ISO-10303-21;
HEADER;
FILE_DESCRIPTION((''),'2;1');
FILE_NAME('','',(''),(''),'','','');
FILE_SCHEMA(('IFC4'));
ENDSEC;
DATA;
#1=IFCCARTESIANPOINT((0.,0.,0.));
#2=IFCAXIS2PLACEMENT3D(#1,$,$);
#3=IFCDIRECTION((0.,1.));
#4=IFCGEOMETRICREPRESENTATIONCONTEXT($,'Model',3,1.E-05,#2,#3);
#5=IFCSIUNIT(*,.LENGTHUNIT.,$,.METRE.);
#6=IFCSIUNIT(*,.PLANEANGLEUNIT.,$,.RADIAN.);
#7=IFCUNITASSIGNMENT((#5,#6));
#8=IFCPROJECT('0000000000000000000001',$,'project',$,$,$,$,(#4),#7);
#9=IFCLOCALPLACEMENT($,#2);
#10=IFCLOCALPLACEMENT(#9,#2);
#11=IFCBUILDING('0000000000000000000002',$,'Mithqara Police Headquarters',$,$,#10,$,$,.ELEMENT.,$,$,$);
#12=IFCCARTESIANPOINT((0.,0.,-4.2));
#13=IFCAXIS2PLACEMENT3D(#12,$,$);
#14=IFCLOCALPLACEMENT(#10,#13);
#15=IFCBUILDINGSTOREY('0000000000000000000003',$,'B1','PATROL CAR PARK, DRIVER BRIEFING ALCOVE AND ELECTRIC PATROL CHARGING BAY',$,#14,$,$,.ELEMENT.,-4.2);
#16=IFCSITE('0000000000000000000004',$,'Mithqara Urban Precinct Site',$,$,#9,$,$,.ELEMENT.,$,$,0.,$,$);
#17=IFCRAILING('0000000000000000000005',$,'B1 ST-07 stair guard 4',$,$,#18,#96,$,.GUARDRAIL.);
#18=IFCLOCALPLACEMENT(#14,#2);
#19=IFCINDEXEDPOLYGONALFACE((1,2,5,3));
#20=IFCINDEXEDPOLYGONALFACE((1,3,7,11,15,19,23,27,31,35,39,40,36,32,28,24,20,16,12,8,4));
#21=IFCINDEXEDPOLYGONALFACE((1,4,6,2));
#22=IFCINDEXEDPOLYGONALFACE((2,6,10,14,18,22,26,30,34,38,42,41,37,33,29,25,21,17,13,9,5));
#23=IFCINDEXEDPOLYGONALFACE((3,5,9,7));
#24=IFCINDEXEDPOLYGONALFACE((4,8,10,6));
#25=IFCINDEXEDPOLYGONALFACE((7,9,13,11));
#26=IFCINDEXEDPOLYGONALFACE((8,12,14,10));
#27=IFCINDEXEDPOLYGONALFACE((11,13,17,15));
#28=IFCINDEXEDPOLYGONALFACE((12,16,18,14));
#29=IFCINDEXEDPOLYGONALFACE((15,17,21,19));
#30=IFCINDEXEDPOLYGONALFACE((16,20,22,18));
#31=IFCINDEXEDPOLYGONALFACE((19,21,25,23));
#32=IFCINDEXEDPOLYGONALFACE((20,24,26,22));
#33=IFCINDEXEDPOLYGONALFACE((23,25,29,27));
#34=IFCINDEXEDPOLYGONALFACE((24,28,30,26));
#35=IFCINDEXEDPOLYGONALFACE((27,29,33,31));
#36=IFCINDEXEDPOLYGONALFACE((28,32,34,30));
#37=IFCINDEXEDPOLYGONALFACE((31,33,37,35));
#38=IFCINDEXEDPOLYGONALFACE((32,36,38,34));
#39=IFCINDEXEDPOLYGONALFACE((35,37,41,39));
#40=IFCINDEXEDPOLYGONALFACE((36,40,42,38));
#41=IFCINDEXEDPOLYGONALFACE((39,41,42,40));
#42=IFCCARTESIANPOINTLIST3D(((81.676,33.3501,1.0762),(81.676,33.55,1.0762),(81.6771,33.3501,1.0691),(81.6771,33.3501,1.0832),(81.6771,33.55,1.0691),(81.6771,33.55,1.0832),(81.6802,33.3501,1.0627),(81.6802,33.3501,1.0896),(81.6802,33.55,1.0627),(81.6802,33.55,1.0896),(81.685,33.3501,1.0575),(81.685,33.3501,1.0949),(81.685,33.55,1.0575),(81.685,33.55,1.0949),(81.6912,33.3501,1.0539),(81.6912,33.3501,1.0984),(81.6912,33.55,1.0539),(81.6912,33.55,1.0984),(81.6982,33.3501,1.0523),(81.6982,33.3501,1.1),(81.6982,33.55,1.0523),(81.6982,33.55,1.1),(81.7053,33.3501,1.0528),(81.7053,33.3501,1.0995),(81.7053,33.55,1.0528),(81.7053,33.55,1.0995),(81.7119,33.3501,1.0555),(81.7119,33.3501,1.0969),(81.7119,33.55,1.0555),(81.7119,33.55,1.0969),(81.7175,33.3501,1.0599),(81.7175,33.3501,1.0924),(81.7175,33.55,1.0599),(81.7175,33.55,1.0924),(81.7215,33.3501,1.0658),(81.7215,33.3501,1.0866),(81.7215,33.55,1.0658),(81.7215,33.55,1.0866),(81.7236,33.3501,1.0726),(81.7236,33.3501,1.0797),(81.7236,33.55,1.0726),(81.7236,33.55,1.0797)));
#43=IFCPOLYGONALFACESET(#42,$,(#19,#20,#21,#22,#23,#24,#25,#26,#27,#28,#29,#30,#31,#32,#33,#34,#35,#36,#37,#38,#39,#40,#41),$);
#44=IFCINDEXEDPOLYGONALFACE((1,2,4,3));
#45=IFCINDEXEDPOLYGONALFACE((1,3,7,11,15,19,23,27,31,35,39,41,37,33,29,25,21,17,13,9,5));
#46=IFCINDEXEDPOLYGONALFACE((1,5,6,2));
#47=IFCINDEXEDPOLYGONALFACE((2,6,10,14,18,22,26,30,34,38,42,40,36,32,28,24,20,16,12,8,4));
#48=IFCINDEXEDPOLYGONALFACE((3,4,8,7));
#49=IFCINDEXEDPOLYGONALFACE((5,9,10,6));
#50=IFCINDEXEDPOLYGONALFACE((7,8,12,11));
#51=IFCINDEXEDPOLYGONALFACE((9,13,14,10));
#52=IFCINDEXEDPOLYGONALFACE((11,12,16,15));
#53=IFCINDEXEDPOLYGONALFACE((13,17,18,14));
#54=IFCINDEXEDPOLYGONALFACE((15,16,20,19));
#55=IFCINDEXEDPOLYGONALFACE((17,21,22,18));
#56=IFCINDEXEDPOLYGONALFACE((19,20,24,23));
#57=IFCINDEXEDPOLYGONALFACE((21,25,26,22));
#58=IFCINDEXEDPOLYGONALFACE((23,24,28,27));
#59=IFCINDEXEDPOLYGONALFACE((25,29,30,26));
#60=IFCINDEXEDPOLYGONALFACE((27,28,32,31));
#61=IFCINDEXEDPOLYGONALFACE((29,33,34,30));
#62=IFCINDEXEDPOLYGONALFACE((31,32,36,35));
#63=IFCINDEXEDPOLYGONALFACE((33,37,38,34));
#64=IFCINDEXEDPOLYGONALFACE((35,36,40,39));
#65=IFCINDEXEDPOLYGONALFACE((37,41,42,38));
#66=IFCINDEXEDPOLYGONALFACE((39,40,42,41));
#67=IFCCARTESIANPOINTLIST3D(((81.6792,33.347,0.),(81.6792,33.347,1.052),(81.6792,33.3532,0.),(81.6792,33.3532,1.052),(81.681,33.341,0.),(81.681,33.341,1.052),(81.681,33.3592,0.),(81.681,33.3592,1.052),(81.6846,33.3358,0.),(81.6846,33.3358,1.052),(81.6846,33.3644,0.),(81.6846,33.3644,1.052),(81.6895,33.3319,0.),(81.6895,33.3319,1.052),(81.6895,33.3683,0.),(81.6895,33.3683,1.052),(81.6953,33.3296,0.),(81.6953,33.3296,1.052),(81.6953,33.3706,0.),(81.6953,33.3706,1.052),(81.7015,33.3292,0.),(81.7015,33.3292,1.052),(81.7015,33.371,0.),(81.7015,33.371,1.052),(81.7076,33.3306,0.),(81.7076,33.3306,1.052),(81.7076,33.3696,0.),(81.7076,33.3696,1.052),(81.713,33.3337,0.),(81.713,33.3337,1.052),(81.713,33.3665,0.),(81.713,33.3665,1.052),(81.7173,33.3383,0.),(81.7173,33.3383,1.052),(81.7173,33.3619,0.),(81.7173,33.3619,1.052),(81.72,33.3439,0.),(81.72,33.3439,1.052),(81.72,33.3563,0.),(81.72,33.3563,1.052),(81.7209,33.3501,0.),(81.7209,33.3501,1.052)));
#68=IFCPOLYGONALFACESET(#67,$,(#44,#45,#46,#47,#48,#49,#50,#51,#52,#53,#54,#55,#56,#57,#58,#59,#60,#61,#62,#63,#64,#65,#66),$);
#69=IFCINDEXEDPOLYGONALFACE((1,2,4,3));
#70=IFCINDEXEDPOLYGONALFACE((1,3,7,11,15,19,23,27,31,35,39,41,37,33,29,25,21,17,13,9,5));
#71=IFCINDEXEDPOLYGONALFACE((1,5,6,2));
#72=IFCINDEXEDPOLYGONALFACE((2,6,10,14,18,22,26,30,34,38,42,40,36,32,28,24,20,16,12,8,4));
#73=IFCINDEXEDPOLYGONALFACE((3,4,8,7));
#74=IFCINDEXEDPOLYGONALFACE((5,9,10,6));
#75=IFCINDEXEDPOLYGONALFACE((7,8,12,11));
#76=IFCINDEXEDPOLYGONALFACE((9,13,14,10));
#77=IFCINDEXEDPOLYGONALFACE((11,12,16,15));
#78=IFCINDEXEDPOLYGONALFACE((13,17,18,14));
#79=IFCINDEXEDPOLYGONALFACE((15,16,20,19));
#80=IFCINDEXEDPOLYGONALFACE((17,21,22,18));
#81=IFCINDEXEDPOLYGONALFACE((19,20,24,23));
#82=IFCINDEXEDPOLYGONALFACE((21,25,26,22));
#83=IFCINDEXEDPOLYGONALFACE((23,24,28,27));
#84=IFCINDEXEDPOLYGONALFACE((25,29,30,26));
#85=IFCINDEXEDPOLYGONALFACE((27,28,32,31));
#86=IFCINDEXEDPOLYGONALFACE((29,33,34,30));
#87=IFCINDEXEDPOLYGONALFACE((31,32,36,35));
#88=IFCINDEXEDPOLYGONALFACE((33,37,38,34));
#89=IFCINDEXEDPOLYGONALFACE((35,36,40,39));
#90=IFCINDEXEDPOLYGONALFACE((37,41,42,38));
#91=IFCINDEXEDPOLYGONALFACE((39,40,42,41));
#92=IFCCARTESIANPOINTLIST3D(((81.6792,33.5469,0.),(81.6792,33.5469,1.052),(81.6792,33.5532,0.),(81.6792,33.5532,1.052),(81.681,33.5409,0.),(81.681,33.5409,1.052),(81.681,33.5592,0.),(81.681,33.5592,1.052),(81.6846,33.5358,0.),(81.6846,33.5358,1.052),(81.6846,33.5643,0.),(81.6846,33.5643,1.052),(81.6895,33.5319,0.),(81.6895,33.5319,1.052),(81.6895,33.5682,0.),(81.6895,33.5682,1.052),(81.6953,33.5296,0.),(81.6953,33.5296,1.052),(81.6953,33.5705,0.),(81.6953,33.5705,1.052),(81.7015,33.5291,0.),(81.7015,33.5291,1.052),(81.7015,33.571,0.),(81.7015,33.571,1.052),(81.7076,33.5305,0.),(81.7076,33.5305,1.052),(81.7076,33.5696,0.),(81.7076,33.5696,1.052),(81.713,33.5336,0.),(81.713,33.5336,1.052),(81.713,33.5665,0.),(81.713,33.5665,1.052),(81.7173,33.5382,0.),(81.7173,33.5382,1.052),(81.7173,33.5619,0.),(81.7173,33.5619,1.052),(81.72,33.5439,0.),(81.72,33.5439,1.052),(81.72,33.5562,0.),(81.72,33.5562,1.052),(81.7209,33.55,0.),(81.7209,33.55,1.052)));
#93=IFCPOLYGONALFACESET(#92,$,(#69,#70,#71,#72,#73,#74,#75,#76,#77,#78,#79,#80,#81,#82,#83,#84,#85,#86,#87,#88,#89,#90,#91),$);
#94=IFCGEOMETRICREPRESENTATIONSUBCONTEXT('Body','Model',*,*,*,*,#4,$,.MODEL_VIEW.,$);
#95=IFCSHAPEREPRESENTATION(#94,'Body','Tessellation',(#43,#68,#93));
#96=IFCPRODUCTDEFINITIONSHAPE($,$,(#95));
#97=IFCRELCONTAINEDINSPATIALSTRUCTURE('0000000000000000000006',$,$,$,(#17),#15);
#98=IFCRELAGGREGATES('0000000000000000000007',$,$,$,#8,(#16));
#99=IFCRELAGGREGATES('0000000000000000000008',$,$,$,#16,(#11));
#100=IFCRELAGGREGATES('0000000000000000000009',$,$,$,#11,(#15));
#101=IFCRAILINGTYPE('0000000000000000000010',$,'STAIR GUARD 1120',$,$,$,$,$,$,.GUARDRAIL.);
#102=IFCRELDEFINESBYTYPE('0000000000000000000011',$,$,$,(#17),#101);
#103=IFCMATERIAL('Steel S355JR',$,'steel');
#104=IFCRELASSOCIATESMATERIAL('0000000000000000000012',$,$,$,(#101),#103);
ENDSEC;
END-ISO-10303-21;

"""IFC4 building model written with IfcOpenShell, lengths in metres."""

from ifc_helpers import new_model, si_unit, direction, frame, origin, origin_2d, place, context, subcontext, project, spatial, circle, extrude, material, type_object, element, save


model = new_model("IFC4")

# Units and contexts
model_context = context("Model", 3, precision=1e-05, world=origin(), true_north=direction((0.0, 1.0)))
body_context = subcontext(model_context, "Body", "Model", "MODEL_VIEW")
ifc_project = project(units=[si_unit("LENGTHUNIT", "METRE"), si_unit("PLANEANGLEUNIT", "RADIAN")], contexts=[model_context])

# Site, building, storey
site_placement = place(None, origin())
site = spatial("IfcSite", under=ifc_project, at=site_placement, Name="Mithqara Urban Precinct Site", CompositionType="ELEMENT", RefElevation=0.0)
building_placement = place(site_placement, origin())
building = spatial("IfcBuilding", under=site, at=building_placement, Name="Mithqara Police Headquarters", CompositionType="ELEMENT")
storey_placement = place(building_placement, frame((0.0, 0.0, -4.2)))
storey = spatial("IfcBuildingStorey", under=building, at=storey_placement, Name="B1", Description="PATROL CAR PARK, DRIVER BRIEFING ALCOVE AND ELECTRIC PATROL CHARGING BAY", CompositionType="ELEMENT", Elevation=-4.2)

# Railing
ifc_material_1 = material(Name="Steel S355JR", Category="steel")
railing_type_1 = type_object("IfcRailingType", Name="STAIR GUARD 1120", PredefinedType="GUARDRAIL", material=ifc_material_1)
railing_1_placement = place(storey_placement, frame((81.7, 33.3501, 0.0)))
element("IfcRailing", 1, at=railing_1_placement, inside=storey, type_object=railing_type_1, Name="B1 ST-07 stair guard 4", PredefinedType="GUARDRAIL", context=body_context, shape_type="SweptSolid", body=[
    extrude(circle(Radius=0.0239, at=origin_2d()), frame((0.0, 0.0, 1.0762), z_axis=(0.0, 1.0, 0.0), x_axis=(-1.0, 0.0, 0.0)), (0.0, 0.0, 1.0), 0.2),
    extrude(circle(Radius=0.021, at=origin_2d()), origin(), (0.0, 0.0, 1.0), 1.052),
    extrude(circle(Radius=0.021, at=origin_2d()), frame((0.0, 0.2, 0.0)), (0.0, 0.0, 1.0), 1.052),
])

save(model, "model.ifc")
